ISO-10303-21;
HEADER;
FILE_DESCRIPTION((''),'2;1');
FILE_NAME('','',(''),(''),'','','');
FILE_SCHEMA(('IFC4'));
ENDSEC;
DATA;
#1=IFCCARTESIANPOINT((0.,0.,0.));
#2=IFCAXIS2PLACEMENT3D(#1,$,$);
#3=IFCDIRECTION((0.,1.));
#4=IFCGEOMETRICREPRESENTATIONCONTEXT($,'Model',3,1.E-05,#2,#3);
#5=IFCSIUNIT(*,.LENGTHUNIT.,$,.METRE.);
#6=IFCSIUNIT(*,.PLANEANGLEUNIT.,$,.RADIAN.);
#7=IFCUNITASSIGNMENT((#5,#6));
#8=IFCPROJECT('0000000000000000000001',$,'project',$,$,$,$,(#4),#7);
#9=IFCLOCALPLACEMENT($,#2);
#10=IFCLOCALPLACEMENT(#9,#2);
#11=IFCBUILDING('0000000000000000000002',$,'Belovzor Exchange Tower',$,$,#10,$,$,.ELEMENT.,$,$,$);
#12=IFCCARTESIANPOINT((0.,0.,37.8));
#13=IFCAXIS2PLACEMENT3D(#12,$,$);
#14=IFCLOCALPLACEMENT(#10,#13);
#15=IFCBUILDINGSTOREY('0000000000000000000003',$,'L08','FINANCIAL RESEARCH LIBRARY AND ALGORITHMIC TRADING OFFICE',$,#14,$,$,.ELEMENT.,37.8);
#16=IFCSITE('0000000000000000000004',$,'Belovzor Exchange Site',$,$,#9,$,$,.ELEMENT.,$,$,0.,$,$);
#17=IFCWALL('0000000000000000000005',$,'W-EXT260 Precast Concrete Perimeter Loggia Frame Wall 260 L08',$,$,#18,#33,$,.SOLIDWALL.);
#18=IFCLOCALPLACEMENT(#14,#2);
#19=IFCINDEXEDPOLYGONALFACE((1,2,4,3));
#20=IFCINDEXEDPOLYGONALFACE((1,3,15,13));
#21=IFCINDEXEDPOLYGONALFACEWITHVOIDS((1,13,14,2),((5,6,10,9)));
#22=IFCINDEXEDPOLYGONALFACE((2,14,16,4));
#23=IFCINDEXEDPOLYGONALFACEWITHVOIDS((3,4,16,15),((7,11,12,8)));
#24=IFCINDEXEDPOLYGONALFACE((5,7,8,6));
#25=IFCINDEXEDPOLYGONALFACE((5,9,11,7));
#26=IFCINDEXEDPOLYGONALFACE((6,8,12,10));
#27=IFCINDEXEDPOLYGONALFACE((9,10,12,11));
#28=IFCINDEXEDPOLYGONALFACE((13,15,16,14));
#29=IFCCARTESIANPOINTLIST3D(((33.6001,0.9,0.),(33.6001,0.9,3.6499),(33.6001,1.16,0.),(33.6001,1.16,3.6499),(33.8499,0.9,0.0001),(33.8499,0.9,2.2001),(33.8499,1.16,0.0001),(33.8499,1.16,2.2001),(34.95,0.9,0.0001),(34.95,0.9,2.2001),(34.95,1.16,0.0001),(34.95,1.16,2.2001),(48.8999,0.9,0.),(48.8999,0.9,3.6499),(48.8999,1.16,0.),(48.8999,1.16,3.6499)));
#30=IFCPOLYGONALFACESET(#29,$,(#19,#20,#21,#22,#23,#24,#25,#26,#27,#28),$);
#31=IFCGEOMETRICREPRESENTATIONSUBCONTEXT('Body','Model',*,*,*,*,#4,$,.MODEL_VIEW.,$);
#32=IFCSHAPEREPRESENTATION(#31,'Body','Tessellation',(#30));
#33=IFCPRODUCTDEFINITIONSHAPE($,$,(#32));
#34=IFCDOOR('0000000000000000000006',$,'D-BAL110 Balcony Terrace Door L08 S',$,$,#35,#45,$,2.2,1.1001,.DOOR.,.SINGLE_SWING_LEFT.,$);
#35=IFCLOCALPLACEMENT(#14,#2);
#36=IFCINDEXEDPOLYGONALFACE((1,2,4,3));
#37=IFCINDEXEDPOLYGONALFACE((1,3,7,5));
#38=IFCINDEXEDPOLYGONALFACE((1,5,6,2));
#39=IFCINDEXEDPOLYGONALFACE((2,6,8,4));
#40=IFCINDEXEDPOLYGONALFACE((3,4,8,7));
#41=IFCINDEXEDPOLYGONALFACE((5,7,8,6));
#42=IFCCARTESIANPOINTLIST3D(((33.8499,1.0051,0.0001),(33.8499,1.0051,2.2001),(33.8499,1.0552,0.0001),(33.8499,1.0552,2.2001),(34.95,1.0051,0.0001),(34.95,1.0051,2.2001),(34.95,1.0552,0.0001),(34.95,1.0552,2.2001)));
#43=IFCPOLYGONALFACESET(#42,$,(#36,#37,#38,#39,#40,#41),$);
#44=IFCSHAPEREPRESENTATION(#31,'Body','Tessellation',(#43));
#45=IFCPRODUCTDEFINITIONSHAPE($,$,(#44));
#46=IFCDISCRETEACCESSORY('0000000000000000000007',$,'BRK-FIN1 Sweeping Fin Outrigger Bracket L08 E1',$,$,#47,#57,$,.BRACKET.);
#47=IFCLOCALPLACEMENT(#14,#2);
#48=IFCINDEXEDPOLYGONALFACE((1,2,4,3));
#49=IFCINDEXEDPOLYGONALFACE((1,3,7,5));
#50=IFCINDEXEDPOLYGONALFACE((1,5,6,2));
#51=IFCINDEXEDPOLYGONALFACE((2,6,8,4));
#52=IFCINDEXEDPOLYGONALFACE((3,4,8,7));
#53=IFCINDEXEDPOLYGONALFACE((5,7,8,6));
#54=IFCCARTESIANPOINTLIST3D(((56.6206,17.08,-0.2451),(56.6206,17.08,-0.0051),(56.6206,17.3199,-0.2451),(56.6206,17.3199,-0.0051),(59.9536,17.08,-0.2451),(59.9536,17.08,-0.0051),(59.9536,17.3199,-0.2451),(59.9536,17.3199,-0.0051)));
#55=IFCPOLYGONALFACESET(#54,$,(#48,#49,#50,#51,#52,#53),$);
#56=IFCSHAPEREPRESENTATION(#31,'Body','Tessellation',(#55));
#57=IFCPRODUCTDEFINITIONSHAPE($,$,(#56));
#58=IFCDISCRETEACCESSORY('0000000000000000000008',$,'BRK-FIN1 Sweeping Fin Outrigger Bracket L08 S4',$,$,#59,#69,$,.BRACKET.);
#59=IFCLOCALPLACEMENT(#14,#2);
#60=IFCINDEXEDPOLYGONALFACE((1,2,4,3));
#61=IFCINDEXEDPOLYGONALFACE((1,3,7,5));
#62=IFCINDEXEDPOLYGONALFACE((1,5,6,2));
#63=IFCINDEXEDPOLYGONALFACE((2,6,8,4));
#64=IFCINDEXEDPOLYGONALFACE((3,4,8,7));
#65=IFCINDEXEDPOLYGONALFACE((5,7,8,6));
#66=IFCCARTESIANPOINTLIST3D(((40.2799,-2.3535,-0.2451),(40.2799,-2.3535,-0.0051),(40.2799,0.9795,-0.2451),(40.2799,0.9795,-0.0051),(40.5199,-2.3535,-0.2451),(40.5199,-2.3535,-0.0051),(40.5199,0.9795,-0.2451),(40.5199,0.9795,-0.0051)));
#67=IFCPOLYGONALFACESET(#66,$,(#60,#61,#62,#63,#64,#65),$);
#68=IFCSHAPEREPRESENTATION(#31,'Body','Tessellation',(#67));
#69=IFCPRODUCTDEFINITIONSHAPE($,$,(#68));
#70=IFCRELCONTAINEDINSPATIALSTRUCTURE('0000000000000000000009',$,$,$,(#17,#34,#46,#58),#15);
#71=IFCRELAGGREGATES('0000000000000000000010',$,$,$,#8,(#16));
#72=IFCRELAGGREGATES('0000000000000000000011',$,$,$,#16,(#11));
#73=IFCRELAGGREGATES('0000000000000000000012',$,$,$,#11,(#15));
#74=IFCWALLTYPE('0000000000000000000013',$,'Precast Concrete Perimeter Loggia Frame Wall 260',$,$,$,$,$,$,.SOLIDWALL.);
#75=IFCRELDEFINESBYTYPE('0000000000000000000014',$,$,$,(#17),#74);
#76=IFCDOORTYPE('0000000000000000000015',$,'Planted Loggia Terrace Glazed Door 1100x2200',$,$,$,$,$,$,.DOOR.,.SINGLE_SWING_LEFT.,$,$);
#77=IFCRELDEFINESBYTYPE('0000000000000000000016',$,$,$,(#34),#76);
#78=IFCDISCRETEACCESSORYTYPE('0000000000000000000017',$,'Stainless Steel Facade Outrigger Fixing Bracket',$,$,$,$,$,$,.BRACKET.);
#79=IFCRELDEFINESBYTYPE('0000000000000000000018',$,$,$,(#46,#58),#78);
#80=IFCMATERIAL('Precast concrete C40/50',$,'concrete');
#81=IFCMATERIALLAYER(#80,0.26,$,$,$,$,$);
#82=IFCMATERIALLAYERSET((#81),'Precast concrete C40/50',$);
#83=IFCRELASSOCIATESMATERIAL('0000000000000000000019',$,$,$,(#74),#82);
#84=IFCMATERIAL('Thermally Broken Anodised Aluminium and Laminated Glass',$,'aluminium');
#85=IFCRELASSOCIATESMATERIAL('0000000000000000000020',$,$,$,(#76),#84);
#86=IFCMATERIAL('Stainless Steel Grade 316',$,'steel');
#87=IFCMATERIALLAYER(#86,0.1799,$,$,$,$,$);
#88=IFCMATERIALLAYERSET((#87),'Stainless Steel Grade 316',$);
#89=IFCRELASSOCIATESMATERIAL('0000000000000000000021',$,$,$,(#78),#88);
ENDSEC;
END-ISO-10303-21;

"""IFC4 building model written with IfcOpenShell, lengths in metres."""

from ifc_helpers import new_model, si_unit, direction, frame, frame_2d, origin, origin_2d, place, context, subcontext, project, spatial, rectangle, extrude, material, layer, layer_set, type_object, element, fill, save


model = new_model("IFC4")

# Units and contexts
model_context = context("Model", 3, precision=1e-05, world=origin(), true_north=direction((0.0, 1.0)))
body_context = subcontext(model_context, "Body", "Model", "MODEL_VIEW")
ifc_project = project(units=[si_unit("LENGTHUNIT", "METRE"), si_unit("PLANEANGLEUNIT", "RADIAN")], contexts=[model_context])

# Site, building, storey
site_placement = place(None, origin())
site = spatial("IfcSite", under=ifc_project, at=site_placement, Name="Belovzor Exchange Site", CompositionType="ELEMENT", RefElevation=0.0)
building_placement = place(site_placement, origin())
building = spatial("IfcBuilding", under=site, at=building_placement, Name="Belovzor Exchange Tower", CompositionType="ELEMENT")
storey_placement = place(building_placement, frame((0.0, 0.0, 37.8)))
storey = spatial("IfcBuildingStorey", under=building, at=storey_placement, Name="L08", Description="FINANCIAL RESEARCH LIBRARY AND ALGORITHMIC TRADING OFFICE", CompositionType="ELEMENT", Elevation=37.8)

# Wall, opening, door
ifc_material_1 = material(Name="Precast concrete C40/50", Category="concrete")
ifc_layer_1 = layer(ifc_material_1, 0.26)
ifc_layer_set_1 = layer_set([ifc_layer_1], Name="Precast concrete C40/50")
wall_type_1 = type_object("IfcWallType", Name="Precast Concrete Perimeter Loggia Frame Wall 260", PredefinedType="SOLIDWALL", material=ifc_layer_set_1)
wall_1_placement = place(storey_placement, frame((48.8999, 1.03, 0.0), z_axis=(0.0, 0.0, 1.0), x_axis=(-1.0, 0.0, 0.0)))
wall_1 = element("IfcWall", 1, at=wall_1_placement, inside=storey, type_object=wall_type_1, Name="W-EXT260 Precast Concrete Perimeter Loggia Frame Wall 260 L08", PredefinedType="SOLIDWALL", context=body_context, shape_type="SweptSolid", body=[
    extrude(rectangle(XDim=15.2998, YDim=0.26, at=frame_2d((7.6499, 0.0))), origin(), (0.0, 0.0, 1.0), 3.6499),
])
opening_1_placement = place(wall_1_placement, frame((13.95, 0.0, 0.0)))
opening_1 = element("IfcOpeningElement", 2, at=opening_1_placement, cuts=wall_1, PredefinedType="OPENING", context=body_context, shape_type="SweptSolid", body=[
    extrude(rectangle(XDim=1.1001, YDim=2.2, at=frame_2d((0.55, 1.1001))), frame((0.0, 0.1399, 0.0), z_axis=(0.0, -1.0, 0.0), x_axis=(1.0, 0.0, 0.0)), (0.0, 0.0, 1.0), 0.28),
])
ifc_material_2 = material(Name="Thermally Broken Anodised Aluminium and Laminated Glass", Category="aluminium")
door_type_1 = type_object("IfcDoorType", Name="Planted Loggia Terrace Glazed Door 1100x2200", OperationType="SINGLE_SWING_LEFT", PredefinedType="DOOR", material=ifc_material_2)
door_1_placement = place(opening_1_placement, origin())
door_1 = element("IfcDoor", 3, at=door_1_placement, inside=storey, type_object=door_type_1, Name="D-BAL110 Balcony Terrace Door L08 S", OperationType="SINGLE_SWING_LEFT", OverallHeight=2.2, OverallWidth=1.1001, PredefinedType="DOOR", context=body_context, shape_type="SweptSolid", body=[
    extrude(rectangle(XDim=1.1001, YDim=2.2, at=frame_2d((0.55, 1.1001))), frame((0.0, 0.0249, 0.0), z_axis=(0.0, -1.0, 0.0), x_axis=(1.0, 0.0, 0.0)), (0.0, 0.0, 1.0), 0.05),
])
fill(opening_1, door_1)

# Discrete accessories
ifc_material_3 = material(Name="Stainless Steel Grade 316", Category="steel")
ifc_layer_2 = layer(ifc_material_3, 0.1799)
ifc_layer_set_2 = layer_set([ifc_layer_2], Name="Stainless Steel Grade 316")
discrete_accessory_type = type_object("IfcDiscreteAccessoryType", Name="Stainless Steel Facade Outrigger Fixing Bracket", PredefinedType="BRACKET", material=ifc_layer_set_2)
for number, where, z_axis, x_axis, name in (
    (4, (58.2871, 17.2, -0.2451), (0.0, 0.0, 1.0), (1.0, 0.0, 0.0), "BRK-FIN1 Sweeping Fin Outrigger Bracket L08 E1"),
    (5, (40.3999, -0.687, -0.2451), (0.0, 0.0, 1.0), (0.0, 1.0, 0.0), "BRK-FIN1 Sweeping Fin Outrigger Bracket L08 S4"),
):
    element("IfcDiscreteAccessory", number, at=place(storey_placement, frame(where, z_axis=z_axis, x_axis=x_axis)), inside=storey, type_object=discrete_accessory_type, Name=name, PredefinedType="BRACKET", context=body_context, shape_type="SweptSolid", body=[
        extrude(rectangle(XDim=3.333, YDim=0.24, at=origin_2d()), origin(), (0.0, 0.0, 1.0), 0.24),
    ])

save(model, "model.ifc")
